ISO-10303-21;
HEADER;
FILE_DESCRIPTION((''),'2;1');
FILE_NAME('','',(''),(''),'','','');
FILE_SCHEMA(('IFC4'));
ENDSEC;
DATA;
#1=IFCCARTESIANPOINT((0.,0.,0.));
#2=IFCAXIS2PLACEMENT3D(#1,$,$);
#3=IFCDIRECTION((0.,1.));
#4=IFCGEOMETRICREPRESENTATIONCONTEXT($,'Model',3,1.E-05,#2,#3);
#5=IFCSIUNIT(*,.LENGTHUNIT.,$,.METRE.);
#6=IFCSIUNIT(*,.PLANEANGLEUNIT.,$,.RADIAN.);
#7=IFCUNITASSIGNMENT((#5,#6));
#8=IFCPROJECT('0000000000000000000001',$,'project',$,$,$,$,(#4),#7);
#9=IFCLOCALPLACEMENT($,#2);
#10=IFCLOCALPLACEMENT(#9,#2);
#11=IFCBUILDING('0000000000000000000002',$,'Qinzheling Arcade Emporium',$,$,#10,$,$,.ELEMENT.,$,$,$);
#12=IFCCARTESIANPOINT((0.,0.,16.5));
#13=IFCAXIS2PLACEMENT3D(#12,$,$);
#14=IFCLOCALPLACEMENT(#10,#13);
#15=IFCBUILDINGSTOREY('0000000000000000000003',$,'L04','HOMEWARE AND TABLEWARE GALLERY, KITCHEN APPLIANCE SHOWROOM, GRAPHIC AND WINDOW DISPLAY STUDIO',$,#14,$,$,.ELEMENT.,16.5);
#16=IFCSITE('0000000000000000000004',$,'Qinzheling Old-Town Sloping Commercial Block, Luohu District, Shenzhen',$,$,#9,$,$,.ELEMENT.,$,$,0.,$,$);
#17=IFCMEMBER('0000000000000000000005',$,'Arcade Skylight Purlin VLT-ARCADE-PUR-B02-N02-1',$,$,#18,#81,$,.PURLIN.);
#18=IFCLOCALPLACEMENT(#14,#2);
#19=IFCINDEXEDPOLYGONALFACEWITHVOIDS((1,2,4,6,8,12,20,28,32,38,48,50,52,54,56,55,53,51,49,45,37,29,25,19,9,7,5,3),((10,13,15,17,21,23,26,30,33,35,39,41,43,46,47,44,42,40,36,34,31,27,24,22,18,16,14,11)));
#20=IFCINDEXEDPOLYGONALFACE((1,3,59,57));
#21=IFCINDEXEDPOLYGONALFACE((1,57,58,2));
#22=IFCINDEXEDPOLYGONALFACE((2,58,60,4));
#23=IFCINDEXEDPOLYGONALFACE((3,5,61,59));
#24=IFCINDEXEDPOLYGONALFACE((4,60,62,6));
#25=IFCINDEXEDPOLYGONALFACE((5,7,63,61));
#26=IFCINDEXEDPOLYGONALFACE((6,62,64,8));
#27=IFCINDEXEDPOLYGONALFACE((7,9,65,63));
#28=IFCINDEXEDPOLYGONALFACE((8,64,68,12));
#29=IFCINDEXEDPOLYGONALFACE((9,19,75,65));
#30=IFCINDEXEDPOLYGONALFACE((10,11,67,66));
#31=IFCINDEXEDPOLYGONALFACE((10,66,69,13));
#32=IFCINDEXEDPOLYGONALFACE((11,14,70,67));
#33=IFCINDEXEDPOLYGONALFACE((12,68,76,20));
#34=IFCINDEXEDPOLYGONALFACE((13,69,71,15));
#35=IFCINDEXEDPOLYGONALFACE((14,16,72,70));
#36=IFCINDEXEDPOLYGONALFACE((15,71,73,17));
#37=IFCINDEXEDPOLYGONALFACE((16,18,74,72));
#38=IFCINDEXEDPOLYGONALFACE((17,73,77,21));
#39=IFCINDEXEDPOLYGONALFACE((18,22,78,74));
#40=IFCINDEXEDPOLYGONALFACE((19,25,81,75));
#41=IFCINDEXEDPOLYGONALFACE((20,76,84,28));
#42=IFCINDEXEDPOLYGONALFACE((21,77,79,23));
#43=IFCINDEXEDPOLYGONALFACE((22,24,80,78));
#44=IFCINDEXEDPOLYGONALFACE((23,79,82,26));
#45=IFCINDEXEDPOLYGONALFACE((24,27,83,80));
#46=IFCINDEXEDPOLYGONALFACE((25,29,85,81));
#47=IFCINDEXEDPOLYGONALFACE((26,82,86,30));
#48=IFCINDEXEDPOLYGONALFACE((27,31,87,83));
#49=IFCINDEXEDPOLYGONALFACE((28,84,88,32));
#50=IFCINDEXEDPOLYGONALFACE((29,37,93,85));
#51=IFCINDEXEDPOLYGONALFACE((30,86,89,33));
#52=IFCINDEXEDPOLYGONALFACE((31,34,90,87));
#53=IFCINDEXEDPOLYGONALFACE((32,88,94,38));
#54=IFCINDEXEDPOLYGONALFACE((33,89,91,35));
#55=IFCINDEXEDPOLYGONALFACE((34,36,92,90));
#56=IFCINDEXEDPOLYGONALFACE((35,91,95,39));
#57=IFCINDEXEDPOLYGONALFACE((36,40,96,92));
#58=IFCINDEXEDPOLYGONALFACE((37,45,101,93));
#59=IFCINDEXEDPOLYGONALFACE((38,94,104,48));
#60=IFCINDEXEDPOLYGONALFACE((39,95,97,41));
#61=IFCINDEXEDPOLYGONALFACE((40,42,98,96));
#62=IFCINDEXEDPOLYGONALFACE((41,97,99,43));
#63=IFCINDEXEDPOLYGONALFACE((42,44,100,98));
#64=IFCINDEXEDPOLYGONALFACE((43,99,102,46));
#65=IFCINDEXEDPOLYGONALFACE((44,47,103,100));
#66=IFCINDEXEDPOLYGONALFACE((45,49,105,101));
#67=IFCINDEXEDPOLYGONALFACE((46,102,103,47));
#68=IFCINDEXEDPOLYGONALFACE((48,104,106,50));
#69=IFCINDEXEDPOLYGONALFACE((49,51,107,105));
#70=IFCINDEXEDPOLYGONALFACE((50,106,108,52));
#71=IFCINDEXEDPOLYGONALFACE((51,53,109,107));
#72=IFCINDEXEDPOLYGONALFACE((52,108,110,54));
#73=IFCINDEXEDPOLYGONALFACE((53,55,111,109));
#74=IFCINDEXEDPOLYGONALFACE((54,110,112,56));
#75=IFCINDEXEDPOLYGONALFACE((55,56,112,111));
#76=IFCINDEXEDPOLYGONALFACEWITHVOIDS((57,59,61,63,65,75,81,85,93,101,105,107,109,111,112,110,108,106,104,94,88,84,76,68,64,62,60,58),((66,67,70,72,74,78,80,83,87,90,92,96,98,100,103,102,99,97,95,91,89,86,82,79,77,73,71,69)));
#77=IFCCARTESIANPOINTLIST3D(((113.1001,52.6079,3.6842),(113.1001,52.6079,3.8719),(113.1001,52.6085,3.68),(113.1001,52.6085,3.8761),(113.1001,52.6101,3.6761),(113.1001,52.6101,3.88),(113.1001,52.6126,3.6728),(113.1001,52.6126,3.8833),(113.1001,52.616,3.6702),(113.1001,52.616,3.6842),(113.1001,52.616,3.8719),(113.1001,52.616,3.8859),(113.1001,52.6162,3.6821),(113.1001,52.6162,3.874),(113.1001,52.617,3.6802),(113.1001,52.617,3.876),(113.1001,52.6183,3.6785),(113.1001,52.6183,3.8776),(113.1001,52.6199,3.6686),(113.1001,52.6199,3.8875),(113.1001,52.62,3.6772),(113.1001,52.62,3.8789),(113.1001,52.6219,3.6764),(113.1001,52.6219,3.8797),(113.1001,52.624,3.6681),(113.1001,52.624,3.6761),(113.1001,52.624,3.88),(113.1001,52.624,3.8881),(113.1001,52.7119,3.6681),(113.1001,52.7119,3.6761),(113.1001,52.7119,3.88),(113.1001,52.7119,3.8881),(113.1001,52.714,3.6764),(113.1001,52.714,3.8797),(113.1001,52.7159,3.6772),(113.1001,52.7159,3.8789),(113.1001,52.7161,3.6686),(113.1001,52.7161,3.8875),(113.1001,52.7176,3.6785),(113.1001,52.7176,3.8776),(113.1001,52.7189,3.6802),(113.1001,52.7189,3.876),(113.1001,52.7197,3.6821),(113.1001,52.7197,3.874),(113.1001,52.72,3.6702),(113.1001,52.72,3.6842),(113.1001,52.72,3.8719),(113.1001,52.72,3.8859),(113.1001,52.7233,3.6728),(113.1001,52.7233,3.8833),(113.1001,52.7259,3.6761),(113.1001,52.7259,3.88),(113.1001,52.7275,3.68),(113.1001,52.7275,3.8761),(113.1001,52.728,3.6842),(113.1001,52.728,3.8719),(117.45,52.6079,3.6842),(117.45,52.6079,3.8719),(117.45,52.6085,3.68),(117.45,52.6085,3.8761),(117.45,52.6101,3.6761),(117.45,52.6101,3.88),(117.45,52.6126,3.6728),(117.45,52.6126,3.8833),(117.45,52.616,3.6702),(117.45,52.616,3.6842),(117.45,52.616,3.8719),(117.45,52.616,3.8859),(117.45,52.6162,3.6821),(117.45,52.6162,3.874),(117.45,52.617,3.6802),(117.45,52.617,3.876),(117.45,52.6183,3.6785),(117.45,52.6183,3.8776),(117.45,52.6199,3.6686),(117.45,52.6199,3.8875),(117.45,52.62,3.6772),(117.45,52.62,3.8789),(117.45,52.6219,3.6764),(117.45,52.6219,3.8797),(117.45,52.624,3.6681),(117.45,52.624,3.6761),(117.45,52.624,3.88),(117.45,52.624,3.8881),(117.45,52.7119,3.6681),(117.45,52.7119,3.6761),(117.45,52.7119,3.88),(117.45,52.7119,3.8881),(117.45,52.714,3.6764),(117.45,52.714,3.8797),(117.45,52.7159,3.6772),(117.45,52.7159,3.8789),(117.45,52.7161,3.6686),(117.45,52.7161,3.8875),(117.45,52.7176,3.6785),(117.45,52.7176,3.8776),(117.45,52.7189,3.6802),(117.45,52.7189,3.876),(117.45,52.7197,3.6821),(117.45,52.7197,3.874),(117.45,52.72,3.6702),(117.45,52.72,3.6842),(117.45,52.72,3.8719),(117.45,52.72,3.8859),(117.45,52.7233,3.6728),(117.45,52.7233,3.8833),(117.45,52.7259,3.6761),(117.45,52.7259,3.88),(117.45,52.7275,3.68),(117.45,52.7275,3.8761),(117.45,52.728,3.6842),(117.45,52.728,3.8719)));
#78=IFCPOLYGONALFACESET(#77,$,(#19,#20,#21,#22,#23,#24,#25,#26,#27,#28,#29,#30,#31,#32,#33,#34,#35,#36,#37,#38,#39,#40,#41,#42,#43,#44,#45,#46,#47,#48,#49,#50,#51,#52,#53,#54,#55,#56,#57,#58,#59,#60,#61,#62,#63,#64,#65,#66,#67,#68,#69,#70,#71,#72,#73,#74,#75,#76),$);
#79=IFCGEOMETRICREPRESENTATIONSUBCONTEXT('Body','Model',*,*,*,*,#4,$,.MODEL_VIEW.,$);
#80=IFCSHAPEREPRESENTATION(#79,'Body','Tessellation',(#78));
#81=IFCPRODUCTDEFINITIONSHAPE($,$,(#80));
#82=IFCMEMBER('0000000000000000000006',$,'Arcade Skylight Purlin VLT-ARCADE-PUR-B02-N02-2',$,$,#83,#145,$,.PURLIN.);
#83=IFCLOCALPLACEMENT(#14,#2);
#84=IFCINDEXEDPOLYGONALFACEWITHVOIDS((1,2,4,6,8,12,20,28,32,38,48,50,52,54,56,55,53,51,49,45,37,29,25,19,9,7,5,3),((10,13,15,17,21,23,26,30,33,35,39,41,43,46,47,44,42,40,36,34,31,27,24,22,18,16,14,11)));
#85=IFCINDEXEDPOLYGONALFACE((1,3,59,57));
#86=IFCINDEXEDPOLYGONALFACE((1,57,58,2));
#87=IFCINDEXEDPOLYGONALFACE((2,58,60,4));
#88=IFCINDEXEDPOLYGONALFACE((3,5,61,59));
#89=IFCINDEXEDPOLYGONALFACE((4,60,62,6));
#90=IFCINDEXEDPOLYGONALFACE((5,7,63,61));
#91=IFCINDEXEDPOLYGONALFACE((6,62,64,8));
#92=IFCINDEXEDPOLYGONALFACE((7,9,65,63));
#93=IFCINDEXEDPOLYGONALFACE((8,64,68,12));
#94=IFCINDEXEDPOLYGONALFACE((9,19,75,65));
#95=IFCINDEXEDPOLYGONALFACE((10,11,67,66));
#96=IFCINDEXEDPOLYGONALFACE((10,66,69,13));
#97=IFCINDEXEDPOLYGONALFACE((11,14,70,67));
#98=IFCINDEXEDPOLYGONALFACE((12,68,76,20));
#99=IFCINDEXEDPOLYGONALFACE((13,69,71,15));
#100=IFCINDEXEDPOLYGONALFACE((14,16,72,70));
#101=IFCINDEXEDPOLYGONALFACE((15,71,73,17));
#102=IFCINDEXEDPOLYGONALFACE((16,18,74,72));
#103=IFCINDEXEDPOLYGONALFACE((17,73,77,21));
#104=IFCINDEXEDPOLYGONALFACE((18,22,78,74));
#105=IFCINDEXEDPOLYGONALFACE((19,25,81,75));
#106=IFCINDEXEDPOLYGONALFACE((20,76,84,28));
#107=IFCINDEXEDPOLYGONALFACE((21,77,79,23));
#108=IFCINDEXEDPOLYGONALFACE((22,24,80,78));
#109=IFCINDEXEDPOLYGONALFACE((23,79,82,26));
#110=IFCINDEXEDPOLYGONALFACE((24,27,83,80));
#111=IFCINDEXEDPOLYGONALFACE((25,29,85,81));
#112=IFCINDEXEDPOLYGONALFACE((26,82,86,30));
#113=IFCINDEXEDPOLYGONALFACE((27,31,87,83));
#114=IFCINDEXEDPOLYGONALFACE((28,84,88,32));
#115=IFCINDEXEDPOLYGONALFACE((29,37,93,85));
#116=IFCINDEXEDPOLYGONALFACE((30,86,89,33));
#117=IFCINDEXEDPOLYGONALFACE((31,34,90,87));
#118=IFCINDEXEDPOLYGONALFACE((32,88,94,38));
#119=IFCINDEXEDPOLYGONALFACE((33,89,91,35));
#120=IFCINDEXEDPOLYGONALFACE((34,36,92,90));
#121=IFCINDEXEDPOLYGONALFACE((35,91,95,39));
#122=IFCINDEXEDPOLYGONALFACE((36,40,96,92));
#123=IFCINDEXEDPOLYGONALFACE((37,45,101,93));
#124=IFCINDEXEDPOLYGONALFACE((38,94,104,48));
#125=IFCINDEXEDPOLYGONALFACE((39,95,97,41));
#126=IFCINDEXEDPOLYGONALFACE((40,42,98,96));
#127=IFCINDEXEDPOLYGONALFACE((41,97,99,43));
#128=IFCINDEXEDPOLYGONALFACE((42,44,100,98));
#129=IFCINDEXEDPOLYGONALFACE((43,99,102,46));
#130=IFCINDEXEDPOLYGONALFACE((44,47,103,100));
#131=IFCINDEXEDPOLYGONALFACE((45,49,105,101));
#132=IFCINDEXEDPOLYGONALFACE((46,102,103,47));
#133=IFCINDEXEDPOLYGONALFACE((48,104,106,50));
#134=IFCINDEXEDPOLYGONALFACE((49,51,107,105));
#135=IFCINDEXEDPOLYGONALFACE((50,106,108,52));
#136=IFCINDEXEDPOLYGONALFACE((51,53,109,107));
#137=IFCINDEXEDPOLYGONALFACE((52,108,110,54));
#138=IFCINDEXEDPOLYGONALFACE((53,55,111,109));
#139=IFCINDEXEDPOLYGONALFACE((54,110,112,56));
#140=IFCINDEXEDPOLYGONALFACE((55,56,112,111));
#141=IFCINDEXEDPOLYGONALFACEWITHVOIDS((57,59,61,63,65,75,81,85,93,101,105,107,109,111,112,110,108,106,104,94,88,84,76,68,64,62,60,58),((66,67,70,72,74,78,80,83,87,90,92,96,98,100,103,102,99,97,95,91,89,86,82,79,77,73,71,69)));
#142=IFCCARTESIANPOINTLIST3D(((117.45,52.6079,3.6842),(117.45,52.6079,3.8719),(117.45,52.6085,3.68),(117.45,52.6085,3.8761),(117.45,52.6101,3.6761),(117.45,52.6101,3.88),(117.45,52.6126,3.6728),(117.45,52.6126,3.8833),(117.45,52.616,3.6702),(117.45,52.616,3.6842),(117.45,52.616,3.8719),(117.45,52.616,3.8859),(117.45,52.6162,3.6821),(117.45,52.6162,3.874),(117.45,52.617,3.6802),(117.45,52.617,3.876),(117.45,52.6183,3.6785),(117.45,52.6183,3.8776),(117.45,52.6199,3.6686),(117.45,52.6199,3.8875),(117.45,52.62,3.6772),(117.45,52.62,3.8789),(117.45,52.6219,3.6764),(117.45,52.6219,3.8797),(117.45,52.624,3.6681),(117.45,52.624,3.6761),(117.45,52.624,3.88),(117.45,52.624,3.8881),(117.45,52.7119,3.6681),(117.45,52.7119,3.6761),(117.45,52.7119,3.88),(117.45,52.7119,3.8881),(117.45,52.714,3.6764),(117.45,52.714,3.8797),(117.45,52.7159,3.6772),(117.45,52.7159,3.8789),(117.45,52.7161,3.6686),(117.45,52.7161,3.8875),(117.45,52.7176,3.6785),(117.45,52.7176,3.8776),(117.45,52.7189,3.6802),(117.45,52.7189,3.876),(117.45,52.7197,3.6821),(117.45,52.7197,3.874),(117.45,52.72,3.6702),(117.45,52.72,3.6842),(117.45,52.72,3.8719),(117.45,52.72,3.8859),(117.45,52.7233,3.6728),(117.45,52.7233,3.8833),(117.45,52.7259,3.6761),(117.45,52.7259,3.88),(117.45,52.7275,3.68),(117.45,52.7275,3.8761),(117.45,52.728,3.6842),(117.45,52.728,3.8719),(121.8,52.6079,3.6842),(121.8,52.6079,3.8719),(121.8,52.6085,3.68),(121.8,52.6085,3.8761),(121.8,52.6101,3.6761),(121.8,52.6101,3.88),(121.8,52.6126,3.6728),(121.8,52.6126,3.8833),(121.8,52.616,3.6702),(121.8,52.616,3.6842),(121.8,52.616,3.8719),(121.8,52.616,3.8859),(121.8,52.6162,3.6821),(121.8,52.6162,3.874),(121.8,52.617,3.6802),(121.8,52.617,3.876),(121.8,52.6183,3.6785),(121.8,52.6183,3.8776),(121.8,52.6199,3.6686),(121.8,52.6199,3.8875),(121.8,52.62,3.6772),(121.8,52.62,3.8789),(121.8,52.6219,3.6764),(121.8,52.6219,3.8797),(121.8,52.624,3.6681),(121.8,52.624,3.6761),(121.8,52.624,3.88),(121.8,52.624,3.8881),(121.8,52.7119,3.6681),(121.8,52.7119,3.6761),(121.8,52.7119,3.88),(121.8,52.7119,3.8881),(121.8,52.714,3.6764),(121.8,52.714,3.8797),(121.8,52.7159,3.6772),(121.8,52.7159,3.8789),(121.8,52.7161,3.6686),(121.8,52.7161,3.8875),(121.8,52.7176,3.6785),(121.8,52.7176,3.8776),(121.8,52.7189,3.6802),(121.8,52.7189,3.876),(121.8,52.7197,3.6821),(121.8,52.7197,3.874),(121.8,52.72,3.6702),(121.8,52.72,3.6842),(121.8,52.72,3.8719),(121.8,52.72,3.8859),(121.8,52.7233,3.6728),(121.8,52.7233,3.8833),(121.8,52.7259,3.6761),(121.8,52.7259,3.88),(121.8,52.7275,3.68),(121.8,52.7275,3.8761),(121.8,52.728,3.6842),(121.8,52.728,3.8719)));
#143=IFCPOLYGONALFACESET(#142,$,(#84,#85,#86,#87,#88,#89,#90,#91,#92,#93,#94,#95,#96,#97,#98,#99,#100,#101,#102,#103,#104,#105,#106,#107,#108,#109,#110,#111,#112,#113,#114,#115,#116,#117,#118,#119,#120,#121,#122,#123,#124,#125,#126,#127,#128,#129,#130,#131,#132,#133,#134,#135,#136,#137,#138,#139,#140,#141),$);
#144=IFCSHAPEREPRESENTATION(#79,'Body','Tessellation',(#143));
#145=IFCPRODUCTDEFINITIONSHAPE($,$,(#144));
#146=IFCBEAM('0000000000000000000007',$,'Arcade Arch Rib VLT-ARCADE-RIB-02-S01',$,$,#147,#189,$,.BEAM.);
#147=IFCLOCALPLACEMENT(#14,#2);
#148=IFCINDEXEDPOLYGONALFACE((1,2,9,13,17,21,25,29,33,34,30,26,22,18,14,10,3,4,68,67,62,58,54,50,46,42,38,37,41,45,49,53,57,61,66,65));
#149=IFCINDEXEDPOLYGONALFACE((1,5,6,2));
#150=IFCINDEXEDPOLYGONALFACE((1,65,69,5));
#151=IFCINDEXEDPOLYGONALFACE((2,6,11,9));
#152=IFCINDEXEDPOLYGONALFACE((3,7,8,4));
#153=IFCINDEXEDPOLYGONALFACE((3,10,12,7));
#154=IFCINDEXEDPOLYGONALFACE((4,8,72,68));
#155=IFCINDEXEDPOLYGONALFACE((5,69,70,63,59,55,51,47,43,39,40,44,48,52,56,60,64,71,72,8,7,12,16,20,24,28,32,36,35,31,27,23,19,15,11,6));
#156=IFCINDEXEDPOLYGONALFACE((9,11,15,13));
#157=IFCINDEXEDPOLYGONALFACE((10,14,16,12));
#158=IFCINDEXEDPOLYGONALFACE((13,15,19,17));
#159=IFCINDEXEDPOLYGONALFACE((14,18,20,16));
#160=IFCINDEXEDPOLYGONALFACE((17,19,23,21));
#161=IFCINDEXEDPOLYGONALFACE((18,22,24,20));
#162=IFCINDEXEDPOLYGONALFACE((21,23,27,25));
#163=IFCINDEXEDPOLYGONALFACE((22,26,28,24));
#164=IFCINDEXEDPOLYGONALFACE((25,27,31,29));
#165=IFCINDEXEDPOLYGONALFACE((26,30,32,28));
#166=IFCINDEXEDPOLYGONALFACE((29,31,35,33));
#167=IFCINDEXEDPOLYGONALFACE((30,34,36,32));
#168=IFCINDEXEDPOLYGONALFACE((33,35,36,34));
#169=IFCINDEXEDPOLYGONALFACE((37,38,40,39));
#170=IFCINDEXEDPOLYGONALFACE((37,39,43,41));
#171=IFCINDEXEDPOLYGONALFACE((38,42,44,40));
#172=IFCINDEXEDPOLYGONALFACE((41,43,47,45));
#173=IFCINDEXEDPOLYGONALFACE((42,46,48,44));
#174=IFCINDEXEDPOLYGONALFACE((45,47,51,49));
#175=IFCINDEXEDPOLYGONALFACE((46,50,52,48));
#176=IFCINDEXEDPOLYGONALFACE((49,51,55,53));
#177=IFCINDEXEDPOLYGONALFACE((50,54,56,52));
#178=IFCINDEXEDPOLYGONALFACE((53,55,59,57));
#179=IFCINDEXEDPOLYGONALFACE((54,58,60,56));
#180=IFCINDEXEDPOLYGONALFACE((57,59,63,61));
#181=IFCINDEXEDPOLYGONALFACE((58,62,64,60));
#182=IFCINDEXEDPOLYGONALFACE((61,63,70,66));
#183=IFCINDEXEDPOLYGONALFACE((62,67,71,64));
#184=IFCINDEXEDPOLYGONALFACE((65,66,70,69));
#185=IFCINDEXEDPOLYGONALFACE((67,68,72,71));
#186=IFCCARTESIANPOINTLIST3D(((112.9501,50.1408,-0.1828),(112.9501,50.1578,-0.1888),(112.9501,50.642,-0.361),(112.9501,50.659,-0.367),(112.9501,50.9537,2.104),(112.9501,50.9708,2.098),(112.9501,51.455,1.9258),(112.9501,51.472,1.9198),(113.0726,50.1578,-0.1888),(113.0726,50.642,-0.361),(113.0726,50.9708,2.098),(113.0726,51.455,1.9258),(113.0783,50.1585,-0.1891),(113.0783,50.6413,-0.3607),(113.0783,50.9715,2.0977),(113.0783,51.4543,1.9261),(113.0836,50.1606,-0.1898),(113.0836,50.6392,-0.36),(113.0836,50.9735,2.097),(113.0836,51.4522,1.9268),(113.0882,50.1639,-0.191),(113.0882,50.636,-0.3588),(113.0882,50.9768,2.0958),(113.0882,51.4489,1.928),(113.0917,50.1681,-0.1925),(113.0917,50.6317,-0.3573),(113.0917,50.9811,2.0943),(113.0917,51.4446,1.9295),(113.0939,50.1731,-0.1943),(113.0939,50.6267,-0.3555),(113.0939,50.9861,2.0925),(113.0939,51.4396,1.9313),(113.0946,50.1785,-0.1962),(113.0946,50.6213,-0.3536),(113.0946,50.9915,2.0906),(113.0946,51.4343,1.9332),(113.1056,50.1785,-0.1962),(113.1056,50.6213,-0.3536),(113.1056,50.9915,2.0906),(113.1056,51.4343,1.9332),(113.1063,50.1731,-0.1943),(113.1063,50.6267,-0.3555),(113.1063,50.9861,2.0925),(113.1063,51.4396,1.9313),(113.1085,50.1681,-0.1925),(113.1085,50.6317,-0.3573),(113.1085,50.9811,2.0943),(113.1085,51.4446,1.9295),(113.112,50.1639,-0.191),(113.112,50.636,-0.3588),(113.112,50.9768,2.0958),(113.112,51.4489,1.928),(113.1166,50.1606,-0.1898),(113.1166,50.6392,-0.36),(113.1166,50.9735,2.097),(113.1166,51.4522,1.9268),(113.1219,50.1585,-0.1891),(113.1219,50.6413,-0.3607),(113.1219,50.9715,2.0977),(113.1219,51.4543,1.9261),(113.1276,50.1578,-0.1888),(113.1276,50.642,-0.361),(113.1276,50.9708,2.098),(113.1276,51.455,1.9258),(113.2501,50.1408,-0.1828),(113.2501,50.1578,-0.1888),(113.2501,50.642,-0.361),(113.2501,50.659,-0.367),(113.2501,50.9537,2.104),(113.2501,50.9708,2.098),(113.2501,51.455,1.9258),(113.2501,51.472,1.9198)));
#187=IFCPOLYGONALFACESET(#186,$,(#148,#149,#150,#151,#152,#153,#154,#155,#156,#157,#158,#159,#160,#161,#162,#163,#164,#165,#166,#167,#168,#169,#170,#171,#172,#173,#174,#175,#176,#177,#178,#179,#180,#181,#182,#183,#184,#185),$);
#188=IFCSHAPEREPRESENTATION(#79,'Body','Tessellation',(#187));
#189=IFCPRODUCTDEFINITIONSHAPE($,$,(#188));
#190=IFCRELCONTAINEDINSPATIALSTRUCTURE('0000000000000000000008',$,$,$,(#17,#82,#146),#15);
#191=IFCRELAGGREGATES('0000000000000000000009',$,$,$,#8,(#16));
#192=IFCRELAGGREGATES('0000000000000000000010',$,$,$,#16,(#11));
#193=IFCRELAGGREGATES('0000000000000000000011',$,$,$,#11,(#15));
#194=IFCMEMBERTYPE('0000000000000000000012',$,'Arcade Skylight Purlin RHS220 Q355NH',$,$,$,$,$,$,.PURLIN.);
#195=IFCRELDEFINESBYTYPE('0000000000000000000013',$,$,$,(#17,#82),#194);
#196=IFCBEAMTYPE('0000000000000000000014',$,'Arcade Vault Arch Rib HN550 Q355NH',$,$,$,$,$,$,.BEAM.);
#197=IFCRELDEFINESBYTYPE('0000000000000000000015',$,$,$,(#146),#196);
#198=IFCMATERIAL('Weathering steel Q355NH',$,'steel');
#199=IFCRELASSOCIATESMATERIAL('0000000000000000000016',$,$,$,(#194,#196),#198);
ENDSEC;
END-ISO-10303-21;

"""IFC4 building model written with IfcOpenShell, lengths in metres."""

from ifc_helpers import new_model, si_unit, direction, frame, origin, origin_2d, place, context, subcontext, project, spatial, hollow_rectangle, i_section, extrude, material, material_profile, profile_set, type_object, element, save


model = new_model("IFC4")

# Units and contexts
model_context = context("Model", 3, precision=1e-05, world=origin(), true_north=direction((0.0, 1.0)))
body_context = subcontext(model_context, "Body", "Model", "MODEL_VIEW")
ifc_project = project(units=[si_unit("LENGTHUNIT", "METRE"), si_unit("PLANEANGLEUNIT", "RADIAN")], contexts=[model_context])

# Site, building, storey
site_placement = place(None, origin())
site = spatial("IfcSite", under=ifc_project, at=site_placement, Name="Qinzheling Old-Town Sloping Commercial Block, Luohu District, Shenzhen", CompositionType="ELEMENT", RefElevation=0.0)
building_placement = place(site_placement, origin())
building = spatial("IfcBuilding", under=site, at=building_placement, Name="Qinzheling Arcade Emporium", CompositionType="ELEMENT")
storey_placement = place(building_placement, frame((0.0, 0.0, 16.5)))
storey = spatial("IfcBuildingStorey", under=building, at=storey_placement, Name="L04", Description="HOMEWARE AND TABLEWARE GALLERY, KITCHEN APPLIANCE SHOWROOM, GRAPHIC AND WINDOW DISPLAY STUDIO", CompositionType="ELEMENT", Elevation=16.5)

# Shared definitions
ifc_material_1 = material(Name="Weathering steel Q355NH", Category="steel")

# Members
ifc_material_profile_1 = material_profile(ifc_material_1, hollow_rectangle(XDim=0.1201, YDim=0.22, WallThickness=0.0081, InnerFilletRadius=0.0081, OuterFilletRadius=0.0161, at=origin_2d()), Name="RHS 220x120x8", Category="steel")
ifc_profile_set_1 = profile_set([ifc_material_profile_1], Name="Weathering steel Q355NH")
member_type_1 = type_object("IfcMemberType", Name="Arcade Skylight Purlin RHS220 Q355NH", PredefinedType="PURLIN", material=ifc_profile_set_1)
member_1_placement = place(storey_placement, frame((113.1001, 52.668, 3.7781), z_axis=(1.0, 0.0, 0.0), x_axis=(0.0, 1.0, 0.0)))
element("IfcMember", 1, at=member_1_placement, inside=storey, type_object=member_type_1, Name="Arcade Skylight Purlin VLT-ARCADE-PUR-B02-N02-1", PredefinedType="PURLIN", context=body_context, shape_type="SweptSolid", body=[
    extrude(hollow_rectangle(XDim=0.1201, YDim=0.22, WallThickness=0.0081, InnerFilletRadius=0.0081, OuterFilletRadius=0.0161, at=origin_2d()), origin(), (0.0, 0.0, 1.0), 4.3499),
])
member_2_placement = place(storey_placement, frame((117.45, 52.668, 3.7781), z_axis=(1.0, 0.0, 0.0), x_axis=(0.0, 1.0, 0.0)))
element("IfcMember", 2, at=member_2_placement, inside=storey, type_object=member_type_1, Name="Arcade Skylight Purlin VLT-ARCADE-PUR-B02-N02-2", PredefinedType="PURLIN", context=body_context, shape_type="SweptSolid", body=[
    extrude(hollow_rectangle(XDim=0.1201, YDim=0.22, WallThickness=0.0081, InnerFilletRadius=0.0081, OuterFilletRadius=0.0161, at=origin_2d()), origin(), (0.0, 0.0, 1.0), 4.3501),
])

# Beam
ifc_material_profile_2 = material_profile(ifc_material_1, i_section(OverallWidth=0.3, OverallDepth=0.55, WebThickness=0.011, FlangeThickness=0.0181, FilletRadius=0.022, at=origin_2d()), Name="HN 550x300x11x18", Category="steel")
ifc_profile_set_2 = profile_set([ifc_material_profile_2], Name="Weathering steel Q355NH")
beam_type_1 = type_object("IfcBeamType", Name="Arcade Vault Arch Rib HN550 Q355NH", PredefinedType="BEAM", material=ifc_profile_set_2)
beam_1_placement = place(storey_placement, frame((113.1001, 50.3999, -0.2749), z_axis=(0.0, 0.334966, 0.94223), x_axis=(-1.0, 0.0, 0.0)))
element("IfcBeam", 3, at=beam_1_placement, inside=storey, type_object=beam_type_1, Name="Arcade Arch Rib VLT-ARCADE-RIB-02-S01", PredefinedType="BEAM", context=body_context, shape_type="SweptSolid", body=[
    extrude(i_section(OverallWidth=0.3, OverallDepth=0.55, WebThickness=0.011, FlangeThickness=0.0181, FilletRadius=0.022, at=origin_2d()), origin(), (0.0, 0.0, 1.0), 2.427),
])

save(model, "model.ifc")
